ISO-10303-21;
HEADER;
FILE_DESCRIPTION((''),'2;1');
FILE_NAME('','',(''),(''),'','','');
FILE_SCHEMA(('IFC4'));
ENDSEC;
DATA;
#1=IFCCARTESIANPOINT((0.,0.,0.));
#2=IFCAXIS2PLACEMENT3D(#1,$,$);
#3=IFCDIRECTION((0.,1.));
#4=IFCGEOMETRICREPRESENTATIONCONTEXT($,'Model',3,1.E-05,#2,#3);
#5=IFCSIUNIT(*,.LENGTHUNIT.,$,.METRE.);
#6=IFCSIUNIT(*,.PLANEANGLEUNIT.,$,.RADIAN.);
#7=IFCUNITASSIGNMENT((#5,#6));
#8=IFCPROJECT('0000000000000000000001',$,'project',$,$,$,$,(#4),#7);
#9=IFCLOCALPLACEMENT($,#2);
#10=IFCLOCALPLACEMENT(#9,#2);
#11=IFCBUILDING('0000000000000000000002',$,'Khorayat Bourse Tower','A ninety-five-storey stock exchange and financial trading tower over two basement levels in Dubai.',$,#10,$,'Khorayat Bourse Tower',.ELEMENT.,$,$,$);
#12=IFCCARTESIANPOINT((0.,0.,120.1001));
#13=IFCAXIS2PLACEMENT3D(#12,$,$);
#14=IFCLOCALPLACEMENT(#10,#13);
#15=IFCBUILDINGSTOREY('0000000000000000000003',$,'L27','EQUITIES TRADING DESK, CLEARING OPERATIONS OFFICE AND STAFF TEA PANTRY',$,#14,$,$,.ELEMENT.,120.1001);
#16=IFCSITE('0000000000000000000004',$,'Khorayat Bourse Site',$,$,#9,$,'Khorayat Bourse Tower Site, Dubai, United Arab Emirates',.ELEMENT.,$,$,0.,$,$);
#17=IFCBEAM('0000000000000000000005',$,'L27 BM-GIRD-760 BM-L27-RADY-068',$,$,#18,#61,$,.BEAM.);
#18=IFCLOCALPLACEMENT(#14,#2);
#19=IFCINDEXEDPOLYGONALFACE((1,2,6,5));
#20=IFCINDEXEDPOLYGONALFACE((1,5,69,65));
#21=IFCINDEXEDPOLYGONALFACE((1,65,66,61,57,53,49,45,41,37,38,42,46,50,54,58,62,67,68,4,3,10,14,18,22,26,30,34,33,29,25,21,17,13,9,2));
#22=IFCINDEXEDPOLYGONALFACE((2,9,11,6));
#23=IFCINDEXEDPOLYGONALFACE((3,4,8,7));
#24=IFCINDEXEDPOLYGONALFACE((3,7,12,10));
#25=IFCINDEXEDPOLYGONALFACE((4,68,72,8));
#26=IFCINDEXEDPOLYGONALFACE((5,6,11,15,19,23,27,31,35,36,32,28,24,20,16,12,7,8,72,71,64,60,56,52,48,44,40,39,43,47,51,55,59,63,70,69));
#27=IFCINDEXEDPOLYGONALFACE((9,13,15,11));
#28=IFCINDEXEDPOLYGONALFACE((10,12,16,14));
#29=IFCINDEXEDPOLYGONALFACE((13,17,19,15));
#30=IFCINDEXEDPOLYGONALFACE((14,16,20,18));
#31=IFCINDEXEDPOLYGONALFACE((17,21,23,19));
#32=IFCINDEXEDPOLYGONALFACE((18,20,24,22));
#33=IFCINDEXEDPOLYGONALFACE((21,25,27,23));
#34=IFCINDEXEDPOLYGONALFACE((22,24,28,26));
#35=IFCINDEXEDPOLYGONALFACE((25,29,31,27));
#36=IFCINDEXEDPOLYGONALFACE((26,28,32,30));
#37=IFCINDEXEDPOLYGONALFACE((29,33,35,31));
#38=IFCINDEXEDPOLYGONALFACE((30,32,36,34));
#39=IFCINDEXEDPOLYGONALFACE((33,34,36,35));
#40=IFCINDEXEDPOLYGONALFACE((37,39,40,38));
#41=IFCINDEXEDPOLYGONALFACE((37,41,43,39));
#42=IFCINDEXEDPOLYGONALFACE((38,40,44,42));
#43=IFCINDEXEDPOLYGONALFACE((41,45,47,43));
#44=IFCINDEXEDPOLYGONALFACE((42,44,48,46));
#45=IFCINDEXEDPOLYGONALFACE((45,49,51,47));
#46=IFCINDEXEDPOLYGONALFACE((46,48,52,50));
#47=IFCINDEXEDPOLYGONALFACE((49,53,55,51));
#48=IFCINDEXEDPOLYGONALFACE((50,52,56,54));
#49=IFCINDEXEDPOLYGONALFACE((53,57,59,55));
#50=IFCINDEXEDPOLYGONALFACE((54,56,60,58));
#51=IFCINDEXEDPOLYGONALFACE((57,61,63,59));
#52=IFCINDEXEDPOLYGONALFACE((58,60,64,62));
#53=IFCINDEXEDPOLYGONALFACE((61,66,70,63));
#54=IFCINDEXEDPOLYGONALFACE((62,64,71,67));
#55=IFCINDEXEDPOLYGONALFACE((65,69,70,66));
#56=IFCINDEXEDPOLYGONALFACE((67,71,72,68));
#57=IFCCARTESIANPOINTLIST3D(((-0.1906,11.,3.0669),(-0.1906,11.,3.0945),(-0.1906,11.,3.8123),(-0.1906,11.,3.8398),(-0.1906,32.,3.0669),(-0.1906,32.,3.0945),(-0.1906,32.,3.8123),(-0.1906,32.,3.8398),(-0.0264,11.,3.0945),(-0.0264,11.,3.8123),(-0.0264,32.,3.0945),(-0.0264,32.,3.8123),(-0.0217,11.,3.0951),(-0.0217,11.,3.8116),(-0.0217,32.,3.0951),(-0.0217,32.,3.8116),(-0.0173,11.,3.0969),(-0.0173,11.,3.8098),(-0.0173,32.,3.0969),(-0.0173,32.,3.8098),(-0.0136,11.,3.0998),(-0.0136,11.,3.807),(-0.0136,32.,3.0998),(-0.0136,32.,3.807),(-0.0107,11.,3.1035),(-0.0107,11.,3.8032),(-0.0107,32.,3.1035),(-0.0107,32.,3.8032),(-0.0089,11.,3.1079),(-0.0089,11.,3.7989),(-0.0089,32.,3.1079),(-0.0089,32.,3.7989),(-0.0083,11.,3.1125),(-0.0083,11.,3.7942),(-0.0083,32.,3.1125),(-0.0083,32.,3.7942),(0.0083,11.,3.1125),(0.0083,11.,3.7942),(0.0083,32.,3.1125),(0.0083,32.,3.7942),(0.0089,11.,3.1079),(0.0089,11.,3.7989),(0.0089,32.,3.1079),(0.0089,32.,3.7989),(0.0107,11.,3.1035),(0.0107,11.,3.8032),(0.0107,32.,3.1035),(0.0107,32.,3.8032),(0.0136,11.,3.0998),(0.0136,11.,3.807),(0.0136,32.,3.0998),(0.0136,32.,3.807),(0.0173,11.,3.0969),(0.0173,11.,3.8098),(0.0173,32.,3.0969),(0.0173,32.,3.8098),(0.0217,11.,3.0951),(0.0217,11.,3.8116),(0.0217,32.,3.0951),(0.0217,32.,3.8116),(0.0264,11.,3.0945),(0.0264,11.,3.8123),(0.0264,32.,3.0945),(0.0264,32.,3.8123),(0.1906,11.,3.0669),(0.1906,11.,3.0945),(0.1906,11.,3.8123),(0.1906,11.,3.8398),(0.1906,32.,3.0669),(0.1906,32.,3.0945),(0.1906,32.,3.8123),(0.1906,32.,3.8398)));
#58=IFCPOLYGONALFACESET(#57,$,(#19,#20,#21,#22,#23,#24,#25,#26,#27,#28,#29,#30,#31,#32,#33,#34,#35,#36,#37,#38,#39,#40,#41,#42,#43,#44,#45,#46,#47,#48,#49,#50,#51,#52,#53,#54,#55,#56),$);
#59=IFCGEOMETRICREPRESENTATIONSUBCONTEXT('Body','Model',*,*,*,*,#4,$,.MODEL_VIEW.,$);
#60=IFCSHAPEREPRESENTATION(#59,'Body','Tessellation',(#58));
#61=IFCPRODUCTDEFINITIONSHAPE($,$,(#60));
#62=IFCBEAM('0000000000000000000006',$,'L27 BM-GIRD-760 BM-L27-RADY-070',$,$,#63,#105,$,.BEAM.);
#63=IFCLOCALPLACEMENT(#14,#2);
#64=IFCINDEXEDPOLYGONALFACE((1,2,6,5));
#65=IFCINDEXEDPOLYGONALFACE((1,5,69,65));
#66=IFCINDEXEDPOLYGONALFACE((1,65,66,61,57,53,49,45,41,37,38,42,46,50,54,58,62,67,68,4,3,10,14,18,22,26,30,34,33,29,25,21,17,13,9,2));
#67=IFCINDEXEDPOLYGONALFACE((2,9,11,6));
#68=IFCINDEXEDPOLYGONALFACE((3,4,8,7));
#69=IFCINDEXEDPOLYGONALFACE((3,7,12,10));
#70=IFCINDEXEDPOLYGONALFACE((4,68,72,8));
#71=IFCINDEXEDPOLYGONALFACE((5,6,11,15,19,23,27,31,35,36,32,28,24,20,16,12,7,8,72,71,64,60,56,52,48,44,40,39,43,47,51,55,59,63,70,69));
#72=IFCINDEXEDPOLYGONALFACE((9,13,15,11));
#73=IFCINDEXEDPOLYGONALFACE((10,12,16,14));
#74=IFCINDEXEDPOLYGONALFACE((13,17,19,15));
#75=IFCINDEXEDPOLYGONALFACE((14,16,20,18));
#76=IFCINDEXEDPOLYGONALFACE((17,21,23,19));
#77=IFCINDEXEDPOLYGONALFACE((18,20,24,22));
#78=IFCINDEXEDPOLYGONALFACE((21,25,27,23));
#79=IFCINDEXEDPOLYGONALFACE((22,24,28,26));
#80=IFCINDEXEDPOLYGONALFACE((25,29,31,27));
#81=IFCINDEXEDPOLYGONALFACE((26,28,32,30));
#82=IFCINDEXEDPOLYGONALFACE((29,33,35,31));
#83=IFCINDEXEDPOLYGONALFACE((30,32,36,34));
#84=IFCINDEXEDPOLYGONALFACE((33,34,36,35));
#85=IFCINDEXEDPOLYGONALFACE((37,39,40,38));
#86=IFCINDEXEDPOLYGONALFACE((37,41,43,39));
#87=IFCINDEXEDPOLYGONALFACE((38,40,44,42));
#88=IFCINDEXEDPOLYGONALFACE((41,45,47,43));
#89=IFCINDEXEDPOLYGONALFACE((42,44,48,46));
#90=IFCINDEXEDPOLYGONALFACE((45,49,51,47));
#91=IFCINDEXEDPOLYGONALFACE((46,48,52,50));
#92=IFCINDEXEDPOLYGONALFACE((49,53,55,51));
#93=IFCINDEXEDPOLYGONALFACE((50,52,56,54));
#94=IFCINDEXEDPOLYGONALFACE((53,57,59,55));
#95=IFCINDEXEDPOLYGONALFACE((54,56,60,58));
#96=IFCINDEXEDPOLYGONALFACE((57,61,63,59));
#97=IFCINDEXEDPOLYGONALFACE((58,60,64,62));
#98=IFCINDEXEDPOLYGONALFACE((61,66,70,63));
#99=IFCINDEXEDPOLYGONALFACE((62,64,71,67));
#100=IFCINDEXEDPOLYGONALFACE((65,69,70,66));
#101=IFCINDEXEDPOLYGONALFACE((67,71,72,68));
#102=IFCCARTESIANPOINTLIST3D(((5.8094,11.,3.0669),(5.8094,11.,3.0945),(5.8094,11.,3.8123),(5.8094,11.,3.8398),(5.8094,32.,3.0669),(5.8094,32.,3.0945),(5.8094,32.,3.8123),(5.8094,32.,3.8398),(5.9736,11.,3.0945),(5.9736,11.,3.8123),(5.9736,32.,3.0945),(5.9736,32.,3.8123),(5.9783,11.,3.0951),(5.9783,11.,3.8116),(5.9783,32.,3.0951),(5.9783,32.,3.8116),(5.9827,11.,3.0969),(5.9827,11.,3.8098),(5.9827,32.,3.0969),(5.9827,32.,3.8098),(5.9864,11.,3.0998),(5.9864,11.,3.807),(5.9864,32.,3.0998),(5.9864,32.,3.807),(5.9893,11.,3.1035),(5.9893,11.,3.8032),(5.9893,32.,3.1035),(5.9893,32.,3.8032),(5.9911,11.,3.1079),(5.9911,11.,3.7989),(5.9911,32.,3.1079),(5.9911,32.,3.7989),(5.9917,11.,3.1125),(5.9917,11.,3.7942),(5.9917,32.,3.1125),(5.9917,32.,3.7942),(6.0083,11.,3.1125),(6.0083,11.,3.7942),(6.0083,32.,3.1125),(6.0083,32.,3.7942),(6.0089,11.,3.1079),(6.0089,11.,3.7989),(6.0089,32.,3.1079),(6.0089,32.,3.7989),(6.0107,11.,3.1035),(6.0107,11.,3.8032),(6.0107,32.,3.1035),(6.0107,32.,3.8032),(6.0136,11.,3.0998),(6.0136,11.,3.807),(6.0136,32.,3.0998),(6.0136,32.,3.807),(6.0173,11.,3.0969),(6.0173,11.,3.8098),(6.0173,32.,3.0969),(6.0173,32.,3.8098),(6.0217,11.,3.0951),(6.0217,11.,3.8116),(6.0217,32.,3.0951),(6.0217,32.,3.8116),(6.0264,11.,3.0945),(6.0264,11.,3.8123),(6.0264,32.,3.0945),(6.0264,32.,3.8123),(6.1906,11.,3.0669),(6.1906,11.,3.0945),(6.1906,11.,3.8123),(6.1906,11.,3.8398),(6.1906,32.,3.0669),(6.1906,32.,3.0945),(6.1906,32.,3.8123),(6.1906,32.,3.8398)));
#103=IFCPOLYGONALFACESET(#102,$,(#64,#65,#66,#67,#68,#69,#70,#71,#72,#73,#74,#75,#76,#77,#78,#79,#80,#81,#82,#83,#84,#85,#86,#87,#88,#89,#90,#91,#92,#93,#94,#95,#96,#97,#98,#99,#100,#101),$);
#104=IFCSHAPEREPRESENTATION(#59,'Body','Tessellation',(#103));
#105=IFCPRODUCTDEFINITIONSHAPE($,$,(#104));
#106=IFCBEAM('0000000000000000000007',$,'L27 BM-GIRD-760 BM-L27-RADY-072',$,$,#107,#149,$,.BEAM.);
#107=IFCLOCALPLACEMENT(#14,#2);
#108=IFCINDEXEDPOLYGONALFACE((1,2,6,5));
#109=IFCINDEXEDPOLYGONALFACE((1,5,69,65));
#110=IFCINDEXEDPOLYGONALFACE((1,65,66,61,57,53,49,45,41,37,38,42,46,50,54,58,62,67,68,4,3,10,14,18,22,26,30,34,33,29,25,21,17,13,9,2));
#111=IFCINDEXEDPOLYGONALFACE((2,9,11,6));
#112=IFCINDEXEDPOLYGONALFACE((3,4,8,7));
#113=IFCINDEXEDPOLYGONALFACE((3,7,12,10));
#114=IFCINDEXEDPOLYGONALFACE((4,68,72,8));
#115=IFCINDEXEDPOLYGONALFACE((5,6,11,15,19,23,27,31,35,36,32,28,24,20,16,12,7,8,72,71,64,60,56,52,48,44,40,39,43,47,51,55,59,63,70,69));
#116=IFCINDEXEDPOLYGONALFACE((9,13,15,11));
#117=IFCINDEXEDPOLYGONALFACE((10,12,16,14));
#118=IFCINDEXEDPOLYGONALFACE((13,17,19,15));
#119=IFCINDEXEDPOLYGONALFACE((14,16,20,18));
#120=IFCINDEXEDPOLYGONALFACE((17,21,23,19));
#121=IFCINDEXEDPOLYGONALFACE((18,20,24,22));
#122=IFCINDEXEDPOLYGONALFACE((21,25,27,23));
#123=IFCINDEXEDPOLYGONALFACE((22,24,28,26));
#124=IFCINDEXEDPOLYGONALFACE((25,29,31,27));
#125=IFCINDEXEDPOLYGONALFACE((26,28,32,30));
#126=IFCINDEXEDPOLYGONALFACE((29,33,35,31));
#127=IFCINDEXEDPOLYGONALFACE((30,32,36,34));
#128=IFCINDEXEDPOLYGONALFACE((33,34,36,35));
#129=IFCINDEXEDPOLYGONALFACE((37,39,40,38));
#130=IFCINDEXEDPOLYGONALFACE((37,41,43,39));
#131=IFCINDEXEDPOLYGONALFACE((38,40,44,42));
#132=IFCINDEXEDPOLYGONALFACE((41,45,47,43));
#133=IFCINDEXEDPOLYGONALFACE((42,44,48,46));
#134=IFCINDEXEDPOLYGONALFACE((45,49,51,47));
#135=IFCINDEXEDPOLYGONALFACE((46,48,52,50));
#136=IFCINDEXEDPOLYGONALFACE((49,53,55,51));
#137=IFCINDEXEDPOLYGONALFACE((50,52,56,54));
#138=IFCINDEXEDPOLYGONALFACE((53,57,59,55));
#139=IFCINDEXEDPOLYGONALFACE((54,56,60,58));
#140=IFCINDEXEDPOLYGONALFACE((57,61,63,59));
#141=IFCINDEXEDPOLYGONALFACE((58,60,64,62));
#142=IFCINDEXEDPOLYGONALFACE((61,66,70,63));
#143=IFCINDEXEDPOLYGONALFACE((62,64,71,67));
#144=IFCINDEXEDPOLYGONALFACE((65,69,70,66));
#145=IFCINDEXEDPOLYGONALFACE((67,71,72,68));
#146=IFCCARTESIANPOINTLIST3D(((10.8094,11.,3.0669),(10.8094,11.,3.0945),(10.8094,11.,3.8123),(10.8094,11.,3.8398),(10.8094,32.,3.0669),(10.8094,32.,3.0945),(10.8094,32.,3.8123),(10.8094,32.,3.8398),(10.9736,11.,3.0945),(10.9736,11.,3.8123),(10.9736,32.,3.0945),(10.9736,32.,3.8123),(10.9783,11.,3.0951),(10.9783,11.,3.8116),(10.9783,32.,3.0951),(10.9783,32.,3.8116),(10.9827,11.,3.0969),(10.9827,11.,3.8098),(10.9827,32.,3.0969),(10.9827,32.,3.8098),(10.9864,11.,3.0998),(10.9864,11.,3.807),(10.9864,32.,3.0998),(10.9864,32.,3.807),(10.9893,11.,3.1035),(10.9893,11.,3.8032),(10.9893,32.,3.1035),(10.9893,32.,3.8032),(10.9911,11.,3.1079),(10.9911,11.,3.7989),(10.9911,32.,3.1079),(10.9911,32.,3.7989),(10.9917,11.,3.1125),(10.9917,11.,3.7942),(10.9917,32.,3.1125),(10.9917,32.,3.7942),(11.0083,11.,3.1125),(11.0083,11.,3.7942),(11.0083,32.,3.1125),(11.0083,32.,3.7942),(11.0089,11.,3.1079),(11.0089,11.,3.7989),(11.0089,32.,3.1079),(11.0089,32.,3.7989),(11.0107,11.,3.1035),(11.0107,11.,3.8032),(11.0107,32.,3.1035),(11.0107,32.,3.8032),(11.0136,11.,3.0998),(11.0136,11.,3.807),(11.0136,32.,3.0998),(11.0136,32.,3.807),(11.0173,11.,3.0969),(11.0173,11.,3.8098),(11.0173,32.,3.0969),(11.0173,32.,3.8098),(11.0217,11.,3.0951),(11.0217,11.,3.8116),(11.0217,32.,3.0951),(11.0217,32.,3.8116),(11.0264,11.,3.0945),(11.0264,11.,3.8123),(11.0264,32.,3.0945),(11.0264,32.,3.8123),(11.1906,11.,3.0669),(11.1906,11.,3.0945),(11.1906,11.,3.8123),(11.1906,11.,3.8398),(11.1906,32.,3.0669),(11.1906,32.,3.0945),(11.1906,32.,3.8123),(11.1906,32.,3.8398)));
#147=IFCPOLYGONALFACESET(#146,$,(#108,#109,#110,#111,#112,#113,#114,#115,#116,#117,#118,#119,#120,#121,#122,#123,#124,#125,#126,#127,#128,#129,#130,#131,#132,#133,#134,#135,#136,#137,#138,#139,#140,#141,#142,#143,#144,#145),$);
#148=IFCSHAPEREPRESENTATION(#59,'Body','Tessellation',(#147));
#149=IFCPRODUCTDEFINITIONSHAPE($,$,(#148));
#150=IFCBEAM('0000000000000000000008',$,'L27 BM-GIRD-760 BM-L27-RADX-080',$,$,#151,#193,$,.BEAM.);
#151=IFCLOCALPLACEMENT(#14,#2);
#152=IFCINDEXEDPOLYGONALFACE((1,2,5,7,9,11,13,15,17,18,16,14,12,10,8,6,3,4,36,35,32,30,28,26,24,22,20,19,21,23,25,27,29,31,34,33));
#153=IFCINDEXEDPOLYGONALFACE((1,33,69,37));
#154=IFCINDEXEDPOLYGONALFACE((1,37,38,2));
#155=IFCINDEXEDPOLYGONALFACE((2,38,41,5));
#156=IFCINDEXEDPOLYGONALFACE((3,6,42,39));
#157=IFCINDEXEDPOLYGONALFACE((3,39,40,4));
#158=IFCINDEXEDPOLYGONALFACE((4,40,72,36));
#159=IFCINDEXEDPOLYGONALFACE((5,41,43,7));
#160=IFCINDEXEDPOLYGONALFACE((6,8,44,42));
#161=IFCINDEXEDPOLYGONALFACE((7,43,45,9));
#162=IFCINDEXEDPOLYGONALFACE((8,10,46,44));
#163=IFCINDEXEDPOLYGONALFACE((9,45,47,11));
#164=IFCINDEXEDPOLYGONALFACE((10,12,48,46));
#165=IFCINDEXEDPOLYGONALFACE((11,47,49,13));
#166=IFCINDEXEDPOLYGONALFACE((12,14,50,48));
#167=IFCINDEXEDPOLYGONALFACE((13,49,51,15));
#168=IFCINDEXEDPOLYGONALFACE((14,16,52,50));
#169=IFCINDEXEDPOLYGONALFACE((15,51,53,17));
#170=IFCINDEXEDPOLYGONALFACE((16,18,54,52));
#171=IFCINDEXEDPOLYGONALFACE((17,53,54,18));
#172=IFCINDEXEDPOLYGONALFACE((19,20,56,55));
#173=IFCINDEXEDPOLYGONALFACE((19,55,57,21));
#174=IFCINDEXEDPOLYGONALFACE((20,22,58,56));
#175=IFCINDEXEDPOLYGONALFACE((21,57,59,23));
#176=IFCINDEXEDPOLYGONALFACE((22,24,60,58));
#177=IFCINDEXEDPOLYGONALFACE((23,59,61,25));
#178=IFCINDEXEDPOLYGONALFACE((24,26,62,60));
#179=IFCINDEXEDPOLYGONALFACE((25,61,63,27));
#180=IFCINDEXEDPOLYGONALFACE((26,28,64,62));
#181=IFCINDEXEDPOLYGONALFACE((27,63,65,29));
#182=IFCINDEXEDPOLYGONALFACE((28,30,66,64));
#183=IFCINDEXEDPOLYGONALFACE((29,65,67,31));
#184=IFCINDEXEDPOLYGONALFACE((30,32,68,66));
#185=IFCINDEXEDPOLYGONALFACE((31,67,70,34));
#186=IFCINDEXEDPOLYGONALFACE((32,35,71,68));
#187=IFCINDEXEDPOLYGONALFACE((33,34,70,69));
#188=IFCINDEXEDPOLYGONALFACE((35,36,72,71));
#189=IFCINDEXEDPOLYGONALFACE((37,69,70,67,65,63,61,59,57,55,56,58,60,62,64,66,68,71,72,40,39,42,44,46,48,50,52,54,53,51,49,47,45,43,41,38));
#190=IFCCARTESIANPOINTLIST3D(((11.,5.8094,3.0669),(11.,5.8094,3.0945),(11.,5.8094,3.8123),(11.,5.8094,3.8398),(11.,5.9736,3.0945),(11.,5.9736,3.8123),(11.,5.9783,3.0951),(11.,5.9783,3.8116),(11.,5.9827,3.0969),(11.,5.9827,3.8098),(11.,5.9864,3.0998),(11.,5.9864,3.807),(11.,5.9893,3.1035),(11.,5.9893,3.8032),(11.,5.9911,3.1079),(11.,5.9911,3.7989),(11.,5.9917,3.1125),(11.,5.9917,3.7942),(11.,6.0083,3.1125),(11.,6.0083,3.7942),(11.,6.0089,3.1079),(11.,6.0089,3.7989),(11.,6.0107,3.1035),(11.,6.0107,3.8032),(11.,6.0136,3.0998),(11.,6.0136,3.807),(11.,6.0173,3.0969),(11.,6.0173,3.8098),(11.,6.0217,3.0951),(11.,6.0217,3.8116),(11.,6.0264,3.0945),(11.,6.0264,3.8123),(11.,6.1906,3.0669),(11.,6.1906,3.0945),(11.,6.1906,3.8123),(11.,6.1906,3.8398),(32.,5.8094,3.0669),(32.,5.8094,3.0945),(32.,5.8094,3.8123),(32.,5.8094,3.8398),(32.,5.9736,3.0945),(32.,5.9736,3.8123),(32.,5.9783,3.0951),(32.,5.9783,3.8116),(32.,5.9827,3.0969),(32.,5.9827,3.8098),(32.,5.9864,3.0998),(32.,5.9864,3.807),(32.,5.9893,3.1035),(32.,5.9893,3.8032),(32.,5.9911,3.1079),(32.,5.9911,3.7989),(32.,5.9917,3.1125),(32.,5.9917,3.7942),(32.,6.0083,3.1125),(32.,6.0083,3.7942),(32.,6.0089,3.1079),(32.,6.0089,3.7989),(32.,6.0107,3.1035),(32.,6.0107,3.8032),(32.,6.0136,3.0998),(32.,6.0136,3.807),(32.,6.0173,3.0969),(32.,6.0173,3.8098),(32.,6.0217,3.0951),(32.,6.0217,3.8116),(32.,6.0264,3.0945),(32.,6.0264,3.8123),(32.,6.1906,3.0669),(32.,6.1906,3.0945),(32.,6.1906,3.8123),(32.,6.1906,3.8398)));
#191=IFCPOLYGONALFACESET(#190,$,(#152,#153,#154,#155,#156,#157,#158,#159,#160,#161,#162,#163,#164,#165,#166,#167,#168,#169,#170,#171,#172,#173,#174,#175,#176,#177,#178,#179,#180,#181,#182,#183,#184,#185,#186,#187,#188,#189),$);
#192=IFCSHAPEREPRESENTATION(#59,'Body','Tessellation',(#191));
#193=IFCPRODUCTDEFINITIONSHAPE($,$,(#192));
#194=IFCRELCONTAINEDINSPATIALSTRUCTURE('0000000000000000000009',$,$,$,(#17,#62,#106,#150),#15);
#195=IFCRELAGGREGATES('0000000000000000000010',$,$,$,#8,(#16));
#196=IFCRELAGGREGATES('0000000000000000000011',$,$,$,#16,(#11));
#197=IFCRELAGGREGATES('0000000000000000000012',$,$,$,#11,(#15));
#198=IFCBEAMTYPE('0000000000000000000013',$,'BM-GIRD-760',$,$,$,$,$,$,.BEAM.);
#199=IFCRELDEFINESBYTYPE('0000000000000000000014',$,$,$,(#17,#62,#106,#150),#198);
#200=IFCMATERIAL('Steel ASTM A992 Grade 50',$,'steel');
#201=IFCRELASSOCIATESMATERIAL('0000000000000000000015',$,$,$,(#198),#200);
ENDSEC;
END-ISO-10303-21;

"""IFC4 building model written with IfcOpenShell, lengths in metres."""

from ifc_helpers import new_model, si_unit, direction, frame, origin, origin_2d, place, context, subcontext, project, spatial, i_section, extrude, source, transform, mapped, material, material_profile, profile_set, type_object, element, save


model = new_model("IFC4")

# Units and contexts
model_context = context("Model", 3, precision=1e-05, world=origin(), true_north=direction((0.0, 1.0)))
body_context = subcontext(model_context, "Body", "Model", "MODEL_VIEW")
ifc_project = project(units=[si_unit("LENGTHUNIT", "METRE"), si_unit("PLANEANGLEUNIT", "RADIAN")], contexts=[model_context])

# Site, building, storey
site_placement = place(None, origin())
site = spatial("IfcSite", under=ifc_project, at=site_placement, Name="Khorayat Bourse Site", LongName="Khorayat Bourse Tower Site, Dubai, United Arab Emirates", CompositionType="ELEMENT", RefElevation=0.0)
building_placement = place(site_placement, origin())
building = spatial("IfcBuilding", under=site, at=building_placement, Name="Khorayat Bourse Tower", Description="A ninety-five-storey stock exchange and financial trading tower over two basement levels in Dubai.", LongName="Khorayat Bourse Tower", CompositionType="ELEMENT")
storey_placement = place(building_placement, frame((0.0, 0.0, 120.1001)))
storey = spatial("IfcBuildingStorey", under=building, at=storey_placement, Name="L27", Description="EQUITIES TRADING DESK, CLEARING OPERATIONS OFFICE AND STAFF TEA PANTRY", CompositionType="ELEMENT", Elevation=120.1001)

# Beams
ifc_material_1 = material(Name="Steel ASTM A992 Grade 50", Category="steel")
ifc_material_profile_1 = material_profile(ifc_material_1, i_section(OverallWidth=0.3811, OverallDepth=0.7729, WebThickness=0.0166, FlangeThickness=0.0276, FilletRadius=0.0181, at=origin_2d()), Name="W760X257")
ifc_profile_set_1 = profile_set([ifc_material_profile_1], Name="Steel ASTM A992 Grade 50")
beam_type_1 = type_object("IfcBeamType", Name="BM-GIRD-760", PredefinedType="BEAM", material=ifc_profile_set_1)
shared_shape_1 = source(origin(), body_context, "Body", "SweptSolid", [
    extrude(i_section(OverallWidth=0.3811, OverallDepth=0.7729, WebThickness=0.0166, FlangeThickness=0.0276, FilletRadius=0.0181, at=origin_2d()), origin(), (0.0, 0.0, 1.0), 21.0),
])
for number, where, z_axis, x_axis, name in (
    (1, (0.0, 11.0, 3.4534), (0.0, 1.0, 0.0), (-1.0, 0.0, 0.0), "L27 BM-GIRD-760 BM-L27-RADY-068"),
    (2, (6.0, 11.0, 3.4534), (0.0, 1.0, 0.0), (-1.0, 0.0, 0.0), "L27 BM-GIRD-760 BM-L27-RADY-070"),
    (3, (11.0, 11.0, 3.4534), (0.0, 1.0, 0.0), (-1.0, 0.0, 0.0), "L27 BM-GIRD-760 BM-L27-RADY-072"),
    (4, (11.0, 6.0, 3.4534), (1.0, 0.0, 0.0), (0.0, 1.0, 0.0), "L27 BM-GIRD-760 BM-L27-RADX-080"),
):
    element("IfcBeam", number, at=place(storey_placement, frame(where, z_axis=z_axis, x_axis=x_axis)), inside=storey, type_object=beam_type_1, Name=name, PredefinedType="BEAM", context=body_context, shape_type="MappedRepresentation", body=[
        mapped(shared_shape_1, transform((0.0, 0.0, 0.0), scale=1.0)),
    ])

save(model, "model.ifc")
